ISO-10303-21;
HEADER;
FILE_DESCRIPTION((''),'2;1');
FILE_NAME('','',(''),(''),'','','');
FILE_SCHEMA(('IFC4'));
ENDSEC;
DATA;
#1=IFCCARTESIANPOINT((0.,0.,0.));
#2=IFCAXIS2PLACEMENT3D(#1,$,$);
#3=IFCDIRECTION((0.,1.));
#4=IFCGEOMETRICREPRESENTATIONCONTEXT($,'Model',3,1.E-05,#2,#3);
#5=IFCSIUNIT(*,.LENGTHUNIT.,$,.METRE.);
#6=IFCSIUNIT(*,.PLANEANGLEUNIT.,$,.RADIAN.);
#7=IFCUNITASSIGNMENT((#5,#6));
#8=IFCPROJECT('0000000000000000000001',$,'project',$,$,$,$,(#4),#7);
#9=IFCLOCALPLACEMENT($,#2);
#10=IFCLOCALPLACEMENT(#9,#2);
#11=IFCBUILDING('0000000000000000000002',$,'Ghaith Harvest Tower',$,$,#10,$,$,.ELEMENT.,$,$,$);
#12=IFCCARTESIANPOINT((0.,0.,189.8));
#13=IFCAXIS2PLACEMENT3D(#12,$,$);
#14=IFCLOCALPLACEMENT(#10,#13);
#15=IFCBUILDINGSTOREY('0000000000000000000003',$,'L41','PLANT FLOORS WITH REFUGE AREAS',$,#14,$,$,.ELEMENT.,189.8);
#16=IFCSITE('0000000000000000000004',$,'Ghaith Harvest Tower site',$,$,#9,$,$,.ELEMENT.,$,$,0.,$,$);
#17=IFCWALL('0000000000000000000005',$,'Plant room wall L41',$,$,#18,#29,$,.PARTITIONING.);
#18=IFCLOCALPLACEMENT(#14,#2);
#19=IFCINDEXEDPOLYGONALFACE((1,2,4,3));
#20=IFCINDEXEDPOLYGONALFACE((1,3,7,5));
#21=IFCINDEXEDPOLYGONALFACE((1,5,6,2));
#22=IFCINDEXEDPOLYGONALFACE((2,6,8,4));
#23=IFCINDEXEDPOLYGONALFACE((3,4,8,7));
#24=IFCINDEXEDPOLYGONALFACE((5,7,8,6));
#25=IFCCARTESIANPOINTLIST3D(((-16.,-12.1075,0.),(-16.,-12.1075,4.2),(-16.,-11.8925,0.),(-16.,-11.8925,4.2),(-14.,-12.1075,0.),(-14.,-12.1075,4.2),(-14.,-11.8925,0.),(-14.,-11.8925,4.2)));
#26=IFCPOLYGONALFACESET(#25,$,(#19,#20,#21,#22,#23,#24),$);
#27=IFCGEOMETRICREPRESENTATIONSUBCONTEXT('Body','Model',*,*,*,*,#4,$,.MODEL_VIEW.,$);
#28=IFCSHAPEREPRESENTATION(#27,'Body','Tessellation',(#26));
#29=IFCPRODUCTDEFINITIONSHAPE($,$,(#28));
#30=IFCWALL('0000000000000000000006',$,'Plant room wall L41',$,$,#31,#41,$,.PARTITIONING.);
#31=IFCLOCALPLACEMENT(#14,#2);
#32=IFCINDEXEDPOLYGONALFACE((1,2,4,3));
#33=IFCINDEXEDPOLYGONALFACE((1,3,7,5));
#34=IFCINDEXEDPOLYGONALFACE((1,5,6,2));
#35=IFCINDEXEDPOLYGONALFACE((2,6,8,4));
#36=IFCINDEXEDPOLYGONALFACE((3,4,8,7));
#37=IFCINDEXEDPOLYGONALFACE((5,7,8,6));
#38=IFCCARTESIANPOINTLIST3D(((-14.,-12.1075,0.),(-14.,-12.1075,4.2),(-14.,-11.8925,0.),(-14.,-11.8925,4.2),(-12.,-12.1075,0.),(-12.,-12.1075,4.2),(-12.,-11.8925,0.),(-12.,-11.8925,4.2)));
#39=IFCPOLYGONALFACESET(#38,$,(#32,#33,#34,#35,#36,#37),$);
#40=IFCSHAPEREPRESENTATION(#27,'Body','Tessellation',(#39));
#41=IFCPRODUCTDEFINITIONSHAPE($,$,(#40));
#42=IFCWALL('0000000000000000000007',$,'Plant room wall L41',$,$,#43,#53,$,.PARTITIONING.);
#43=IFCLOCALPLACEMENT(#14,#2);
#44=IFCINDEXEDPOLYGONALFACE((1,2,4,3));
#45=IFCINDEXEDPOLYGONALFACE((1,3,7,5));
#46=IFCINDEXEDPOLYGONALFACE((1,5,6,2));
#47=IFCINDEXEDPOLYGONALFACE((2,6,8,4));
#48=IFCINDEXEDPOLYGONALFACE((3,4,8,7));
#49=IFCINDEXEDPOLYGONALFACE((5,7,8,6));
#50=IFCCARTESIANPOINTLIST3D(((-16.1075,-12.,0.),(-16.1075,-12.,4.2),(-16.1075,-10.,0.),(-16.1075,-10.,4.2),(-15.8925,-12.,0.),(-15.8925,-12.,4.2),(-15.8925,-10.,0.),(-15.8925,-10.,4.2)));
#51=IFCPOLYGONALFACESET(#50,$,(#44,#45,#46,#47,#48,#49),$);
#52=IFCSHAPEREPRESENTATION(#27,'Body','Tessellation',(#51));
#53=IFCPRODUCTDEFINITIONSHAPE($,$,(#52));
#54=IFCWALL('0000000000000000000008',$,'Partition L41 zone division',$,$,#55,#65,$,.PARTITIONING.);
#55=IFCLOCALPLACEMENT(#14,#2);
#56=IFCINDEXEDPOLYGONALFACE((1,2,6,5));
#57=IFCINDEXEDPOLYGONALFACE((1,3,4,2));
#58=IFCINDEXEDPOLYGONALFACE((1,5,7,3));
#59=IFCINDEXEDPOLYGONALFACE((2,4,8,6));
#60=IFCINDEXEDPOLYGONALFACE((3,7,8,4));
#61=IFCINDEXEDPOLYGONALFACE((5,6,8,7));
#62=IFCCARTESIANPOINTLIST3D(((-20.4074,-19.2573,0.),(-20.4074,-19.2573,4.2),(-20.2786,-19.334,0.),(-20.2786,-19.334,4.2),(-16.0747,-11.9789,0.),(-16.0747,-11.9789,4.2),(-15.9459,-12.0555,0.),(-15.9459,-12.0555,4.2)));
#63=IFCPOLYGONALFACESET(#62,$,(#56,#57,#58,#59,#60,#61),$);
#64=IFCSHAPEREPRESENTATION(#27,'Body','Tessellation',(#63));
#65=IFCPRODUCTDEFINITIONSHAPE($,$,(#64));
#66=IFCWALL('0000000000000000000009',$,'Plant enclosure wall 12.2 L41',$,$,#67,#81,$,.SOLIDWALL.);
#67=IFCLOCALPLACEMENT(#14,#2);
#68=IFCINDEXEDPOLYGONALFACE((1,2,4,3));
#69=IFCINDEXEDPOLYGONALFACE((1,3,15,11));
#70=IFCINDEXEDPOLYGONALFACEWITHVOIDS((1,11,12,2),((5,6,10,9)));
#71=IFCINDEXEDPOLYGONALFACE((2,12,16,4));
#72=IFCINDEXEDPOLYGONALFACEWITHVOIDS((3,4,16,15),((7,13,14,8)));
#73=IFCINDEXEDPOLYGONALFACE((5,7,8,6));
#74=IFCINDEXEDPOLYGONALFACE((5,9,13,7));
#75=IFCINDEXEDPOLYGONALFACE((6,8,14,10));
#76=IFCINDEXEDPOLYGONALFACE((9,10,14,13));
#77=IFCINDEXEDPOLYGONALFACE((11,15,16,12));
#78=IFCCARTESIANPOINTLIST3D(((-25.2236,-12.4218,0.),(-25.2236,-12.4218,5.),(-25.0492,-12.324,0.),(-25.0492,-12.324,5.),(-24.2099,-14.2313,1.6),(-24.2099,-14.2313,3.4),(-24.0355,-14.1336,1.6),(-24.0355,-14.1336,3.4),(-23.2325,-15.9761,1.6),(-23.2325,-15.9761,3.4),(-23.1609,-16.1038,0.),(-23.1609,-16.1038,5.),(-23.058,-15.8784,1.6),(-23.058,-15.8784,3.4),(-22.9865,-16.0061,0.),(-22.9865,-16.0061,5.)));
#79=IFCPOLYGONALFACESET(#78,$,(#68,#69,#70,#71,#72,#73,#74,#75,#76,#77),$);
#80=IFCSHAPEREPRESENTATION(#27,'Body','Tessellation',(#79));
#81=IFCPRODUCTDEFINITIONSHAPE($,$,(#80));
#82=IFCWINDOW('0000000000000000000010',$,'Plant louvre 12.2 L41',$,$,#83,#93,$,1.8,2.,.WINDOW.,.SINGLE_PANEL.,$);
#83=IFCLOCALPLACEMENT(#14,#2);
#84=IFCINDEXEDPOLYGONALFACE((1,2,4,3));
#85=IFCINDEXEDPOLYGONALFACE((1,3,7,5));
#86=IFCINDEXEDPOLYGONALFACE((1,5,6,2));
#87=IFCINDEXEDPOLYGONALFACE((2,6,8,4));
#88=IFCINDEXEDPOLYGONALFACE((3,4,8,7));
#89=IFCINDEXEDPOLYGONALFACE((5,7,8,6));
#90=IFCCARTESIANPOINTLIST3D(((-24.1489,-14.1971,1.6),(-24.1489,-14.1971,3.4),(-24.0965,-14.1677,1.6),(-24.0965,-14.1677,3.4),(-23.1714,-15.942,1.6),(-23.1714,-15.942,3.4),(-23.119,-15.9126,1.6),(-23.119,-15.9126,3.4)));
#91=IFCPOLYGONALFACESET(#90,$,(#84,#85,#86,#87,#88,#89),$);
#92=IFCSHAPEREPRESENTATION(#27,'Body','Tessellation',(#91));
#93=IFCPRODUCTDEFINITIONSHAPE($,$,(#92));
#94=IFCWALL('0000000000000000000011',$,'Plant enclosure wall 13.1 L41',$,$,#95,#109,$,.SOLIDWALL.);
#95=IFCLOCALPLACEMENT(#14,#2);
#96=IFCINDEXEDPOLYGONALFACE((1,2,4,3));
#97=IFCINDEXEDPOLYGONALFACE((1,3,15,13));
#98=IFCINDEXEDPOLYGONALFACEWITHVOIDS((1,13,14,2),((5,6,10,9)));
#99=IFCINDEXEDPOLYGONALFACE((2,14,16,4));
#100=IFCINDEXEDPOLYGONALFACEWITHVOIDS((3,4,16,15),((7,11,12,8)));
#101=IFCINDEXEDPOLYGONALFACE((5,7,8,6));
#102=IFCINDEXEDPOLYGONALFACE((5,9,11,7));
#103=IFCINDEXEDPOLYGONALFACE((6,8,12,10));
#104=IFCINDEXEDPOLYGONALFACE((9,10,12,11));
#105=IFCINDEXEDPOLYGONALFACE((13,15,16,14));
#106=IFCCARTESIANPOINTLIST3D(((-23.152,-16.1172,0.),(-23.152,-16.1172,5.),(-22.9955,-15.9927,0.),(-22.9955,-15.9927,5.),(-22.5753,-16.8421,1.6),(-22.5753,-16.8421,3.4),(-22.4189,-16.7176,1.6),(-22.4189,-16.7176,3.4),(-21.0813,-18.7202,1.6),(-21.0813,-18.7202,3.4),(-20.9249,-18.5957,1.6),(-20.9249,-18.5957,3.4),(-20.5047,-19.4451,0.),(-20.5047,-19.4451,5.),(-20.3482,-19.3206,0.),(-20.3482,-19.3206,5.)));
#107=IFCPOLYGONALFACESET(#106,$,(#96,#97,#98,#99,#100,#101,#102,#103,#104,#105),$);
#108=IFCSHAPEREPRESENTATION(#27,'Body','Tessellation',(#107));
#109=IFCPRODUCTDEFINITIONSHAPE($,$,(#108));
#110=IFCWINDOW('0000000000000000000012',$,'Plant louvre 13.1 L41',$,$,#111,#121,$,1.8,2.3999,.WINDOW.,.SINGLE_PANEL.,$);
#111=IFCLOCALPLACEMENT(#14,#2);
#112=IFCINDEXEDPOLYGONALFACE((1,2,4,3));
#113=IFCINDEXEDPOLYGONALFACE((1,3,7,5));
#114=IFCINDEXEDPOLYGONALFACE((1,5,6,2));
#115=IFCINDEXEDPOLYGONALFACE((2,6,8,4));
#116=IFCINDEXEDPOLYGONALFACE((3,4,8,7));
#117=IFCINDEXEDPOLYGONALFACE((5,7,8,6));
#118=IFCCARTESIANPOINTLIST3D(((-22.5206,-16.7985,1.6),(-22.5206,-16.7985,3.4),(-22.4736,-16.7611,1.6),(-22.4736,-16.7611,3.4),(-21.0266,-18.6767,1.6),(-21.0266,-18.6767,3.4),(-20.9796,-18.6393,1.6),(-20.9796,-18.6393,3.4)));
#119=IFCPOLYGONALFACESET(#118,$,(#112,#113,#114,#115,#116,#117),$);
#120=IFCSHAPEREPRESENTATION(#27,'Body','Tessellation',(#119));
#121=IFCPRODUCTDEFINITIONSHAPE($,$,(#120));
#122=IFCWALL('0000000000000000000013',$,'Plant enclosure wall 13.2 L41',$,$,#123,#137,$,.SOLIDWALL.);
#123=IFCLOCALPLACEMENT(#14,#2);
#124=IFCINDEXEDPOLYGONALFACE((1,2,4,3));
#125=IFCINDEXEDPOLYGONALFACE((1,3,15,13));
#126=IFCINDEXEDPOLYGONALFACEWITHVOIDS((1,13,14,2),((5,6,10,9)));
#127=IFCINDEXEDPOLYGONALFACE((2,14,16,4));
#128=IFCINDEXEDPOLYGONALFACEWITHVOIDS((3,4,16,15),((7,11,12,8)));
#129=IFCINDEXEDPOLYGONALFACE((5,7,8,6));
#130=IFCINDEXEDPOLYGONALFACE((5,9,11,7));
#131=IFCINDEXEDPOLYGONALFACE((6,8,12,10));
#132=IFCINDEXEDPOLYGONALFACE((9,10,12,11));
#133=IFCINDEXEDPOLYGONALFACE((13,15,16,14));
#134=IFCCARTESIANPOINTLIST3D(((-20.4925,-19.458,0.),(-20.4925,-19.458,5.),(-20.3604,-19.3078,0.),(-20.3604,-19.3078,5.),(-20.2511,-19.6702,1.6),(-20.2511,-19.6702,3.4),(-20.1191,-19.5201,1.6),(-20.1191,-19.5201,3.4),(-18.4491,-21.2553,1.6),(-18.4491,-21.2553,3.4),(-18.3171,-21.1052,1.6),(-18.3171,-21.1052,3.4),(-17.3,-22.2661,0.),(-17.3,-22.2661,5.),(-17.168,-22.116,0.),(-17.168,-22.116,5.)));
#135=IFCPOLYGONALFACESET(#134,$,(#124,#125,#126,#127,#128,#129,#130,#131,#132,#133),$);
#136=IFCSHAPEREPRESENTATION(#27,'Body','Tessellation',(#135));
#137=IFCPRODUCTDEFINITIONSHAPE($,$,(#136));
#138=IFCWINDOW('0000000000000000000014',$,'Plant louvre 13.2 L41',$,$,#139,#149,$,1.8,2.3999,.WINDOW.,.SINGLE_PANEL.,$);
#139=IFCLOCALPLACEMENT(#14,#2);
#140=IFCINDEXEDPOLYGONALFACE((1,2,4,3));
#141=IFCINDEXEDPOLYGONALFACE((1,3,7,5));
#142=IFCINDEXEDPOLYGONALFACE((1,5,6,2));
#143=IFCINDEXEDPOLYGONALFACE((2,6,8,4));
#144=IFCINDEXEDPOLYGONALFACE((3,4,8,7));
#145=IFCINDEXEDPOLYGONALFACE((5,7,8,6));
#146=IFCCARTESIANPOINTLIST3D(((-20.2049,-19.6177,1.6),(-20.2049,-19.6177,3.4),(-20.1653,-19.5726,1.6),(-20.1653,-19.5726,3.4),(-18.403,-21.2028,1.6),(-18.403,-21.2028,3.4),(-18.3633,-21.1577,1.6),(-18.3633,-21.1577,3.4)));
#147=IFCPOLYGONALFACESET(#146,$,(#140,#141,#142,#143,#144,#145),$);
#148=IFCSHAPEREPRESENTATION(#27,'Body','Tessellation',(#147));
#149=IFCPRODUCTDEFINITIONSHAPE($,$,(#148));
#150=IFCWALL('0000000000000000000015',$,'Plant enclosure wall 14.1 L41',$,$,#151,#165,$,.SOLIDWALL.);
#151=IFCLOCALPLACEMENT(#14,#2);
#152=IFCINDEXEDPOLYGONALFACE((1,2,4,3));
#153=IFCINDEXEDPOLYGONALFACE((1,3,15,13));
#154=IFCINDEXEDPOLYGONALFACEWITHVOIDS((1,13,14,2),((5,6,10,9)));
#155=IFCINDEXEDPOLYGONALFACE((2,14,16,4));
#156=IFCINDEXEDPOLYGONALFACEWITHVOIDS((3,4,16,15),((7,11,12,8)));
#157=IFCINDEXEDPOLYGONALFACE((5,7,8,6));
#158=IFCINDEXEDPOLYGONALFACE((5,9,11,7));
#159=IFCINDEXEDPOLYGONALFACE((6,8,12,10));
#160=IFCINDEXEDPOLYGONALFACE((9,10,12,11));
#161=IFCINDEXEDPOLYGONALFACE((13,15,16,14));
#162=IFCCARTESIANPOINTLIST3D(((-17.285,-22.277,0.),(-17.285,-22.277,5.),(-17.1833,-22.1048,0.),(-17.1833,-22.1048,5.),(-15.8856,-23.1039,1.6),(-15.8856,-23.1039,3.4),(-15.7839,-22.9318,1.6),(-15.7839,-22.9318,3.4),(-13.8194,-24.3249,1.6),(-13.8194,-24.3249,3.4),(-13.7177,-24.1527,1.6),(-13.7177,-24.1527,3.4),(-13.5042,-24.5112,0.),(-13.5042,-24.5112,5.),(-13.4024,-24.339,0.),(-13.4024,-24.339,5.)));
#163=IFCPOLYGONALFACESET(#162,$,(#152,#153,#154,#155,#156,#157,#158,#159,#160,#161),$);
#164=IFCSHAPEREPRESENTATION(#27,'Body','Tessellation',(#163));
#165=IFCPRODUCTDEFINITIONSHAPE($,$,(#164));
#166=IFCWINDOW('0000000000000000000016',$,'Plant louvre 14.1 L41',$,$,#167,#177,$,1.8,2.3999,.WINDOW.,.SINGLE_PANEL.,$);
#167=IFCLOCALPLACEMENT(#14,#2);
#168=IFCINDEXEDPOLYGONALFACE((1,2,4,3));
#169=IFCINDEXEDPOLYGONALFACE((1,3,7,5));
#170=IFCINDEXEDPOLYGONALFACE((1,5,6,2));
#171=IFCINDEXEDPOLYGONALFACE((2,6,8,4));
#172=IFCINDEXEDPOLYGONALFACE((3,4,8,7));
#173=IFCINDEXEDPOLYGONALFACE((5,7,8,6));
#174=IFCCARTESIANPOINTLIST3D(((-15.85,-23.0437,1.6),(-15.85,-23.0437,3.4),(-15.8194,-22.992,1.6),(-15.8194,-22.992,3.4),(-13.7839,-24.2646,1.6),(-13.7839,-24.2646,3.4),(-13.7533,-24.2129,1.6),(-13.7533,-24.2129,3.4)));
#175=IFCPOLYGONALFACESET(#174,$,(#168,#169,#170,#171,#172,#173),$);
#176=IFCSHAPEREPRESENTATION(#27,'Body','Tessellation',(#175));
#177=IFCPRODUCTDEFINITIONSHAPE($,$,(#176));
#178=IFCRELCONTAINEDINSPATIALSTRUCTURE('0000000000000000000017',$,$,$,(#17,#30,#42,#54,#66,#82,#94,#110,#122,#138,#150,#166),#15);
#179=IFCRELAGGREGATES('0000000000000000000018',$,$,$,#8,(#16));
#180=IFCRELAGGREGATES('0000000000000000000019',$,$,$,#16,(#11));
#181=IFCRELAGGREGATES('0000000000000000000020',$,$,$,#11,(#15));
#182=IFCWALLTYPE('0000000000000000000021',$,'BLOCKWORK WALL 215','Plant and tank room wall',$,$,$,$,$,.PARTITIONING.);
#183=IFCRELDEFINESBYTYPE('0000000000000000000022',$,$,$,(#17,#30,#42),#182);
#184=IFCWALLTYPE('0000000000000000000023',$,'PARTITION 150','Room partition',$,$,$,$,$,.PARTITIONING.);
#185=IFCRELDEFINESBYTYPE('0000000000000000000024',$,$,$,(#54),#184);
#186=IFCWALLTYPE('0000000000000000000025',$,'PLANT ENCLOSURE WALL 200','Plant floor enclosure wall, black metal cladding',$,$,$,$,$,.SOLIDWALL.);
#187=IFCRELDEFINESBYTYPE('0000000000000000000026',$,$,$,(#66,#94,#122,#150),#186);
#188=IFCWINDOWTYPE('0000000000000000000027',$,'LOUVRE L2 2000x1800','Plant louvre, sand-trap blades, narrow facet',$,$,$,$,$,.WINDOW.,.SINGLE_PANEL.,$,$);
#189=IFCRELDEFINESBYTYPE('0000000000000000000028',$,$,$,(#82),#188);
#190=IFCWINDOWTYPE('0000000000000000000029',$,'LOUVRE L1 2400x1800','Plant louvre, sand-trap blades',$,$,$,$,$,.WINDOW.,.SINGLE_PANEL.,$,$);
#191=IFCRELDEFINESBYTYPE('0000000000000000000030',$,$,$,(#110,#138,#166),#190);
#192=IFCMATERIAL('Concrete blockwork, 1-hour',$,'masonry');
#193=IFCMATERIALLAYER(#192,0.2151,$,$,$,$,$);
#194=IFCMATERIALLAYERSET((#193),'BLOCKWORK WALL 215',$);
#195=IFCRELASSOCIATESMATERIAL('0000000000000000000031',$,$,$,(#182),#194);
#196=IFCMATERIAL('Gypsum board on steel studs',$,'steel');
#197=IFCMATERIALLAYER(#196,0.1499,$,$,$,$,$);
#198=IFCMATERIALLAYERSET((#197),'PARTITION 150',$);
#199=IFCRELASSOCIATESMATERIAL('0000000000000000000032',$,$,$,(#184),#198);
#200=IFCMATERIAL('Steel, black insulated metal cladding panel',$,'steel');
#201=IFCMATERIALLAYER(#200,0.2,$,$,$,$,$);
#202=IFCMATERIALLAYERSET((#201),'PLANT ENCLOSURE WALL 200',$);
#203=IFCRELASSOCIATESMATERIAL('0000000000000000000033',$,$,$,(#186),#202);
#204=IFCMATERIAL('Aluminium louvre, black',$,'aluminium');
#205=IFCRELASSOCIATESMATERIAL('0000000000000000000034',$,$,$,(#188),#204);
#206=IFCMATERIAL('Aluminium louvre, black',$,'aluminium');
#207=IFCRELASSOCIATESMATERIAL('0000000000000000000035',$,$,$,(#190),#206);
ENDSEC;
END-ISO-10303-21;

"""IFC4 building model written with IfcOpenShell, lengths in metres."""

from ifc_helpers import new_model, si_unit, direction, frame, frame_2d, origin, place, context, subcontext, project, spatial, rectangle, extrude, material, layer, layer_set, type_object, element, fill, save


model = new_model("IFC4")

# Units and contexts
model_context = context("Model", 3, precision=1e-05, world=origin(), true_north=direction((0.0, 1.0)))
body_context = subcontext(model_context, "Body", "Model", "MODEL_VIEW")
ifc_project = project(units=[si_unit("LENGTHUNIT", "METRE"), si_unit("PLANEANGLEUNIT", "RADIAN")], contexts=[model_context])

# Site, building, storey
site_placement = place(None, origin())
site = spatial("IfcSite", under=ifc_project, at=site_placement, Name="Ghaith Harvest Tower site", CompositionType="ELEMENT", RefElevation=0.0)
building_placement = place(site_placement, origin())
building = spatial("IfcBuilding", under=site, at=building_placement, Name="Ghaith Harvest Tower", CompositionType="ELEMENT")
storey_placement = place(building_placement, frame((0.0, 0.0, 189.8)))
storey = spatial("IfcBuildingStorey", under=building, at=storey_placement, Name="L41", Description="PLANT FLOORS WITH REFUGE AREAS", CompositionType="ELEMENT", Elevation=189.8)

# Walls
ifc_material_1 = material(Name="Concrete blockwork, 1-hour", Category="masonry")
ifc_layer_1 = layer(ifc_material_1, 0.2151)
ifc_layer_set_1 = layer_set([ifc_layer_1], Name="BLOCKWORK WALL 215")
wall_type_1 = type_object("IfcWallType", Name="BLOCKWORK WALL 215", Description="Plant and tank room wall", PredefinedType="PARTITIONING", material=ifc_layer_set_1)
for number, where, z_axis, x_axis, name in (
    (1, (-16.0, -12.0, 0.0), (0.0, 0.0, 1.0), (1.0, 0.0, 0.0), "Plant room wall L41"),
    (2, (-14.0, -12.0, 0.0), (0.0, 0.0, 1.0), (1.0, 0.0, 0.0), "Plant room wall L41"),
    (3, (-16.0, -10.0, 0.0), (0.0, 0.0, 1.0), (0.0, -1.0, 0.0), "Plant room wall L41"),
):
    element("IfcWall", number, at=place(storey_placement, frame(where, z_axis=z_axis, x_axis=x_axis)), inside=storey, type_object=wall_type_1, Name=name, PredefinedType="PARTITIONING", context=body_context, shape_type="SweptSolid", body=[
        extrude(rectangle(XDim=2.0, YDim=0.2151, at=frame_2d((1.0, 0.0))), origin(), (0.0, 0.0, 1.0), 4.2),
    ])
ifc_material_2 = material(Name="Gypsum board on steel studs", Category="steel")
ifc_layer_2 = layer(ifc_material_2, 0.1499)
ifc_layer_set_2 = layer_set([ifc_layer_2], Name="PARTITION 150")
wall_type_2 = type_object("IfcWallType", Name="PARTITION 150", Description="Room partition", PredefinedType="PARTITIONING", material=ifc_layer_set_2)
wall_1_placement = place(storey_placement, frame((-16.0103, -12.0171, 0.0), z_axis=(0.0, 0.0, 1.0), x_axis=(-0.511509, -0.859278, 0.0)))
element("IfcWall", 4, at=wall_1_placement, inside=storey, type_object=wall_type_2, Name="Partition L41 zone division", PredefinedType="PARTITIONING", context=body_context, shape_type="SweptSolid", body=[
    extrude(rectangle(XDim=8.4705, YDim=0.1499, at=frame_2d((4.2354, 0.0))), origin(), (0.0, 0.0, 1.0), 4.2),
])

# Walls, openings, windows
ifc_material_3 = material(Name="Steel, black insulated metal cladding panel", Category="steel")
ifc_layer_3 = layer(ifc_material_3, 0.2)
ifc_layer_set_3 = layer_set([ifc_layer_3], Name="PLANT ENCLOSURE WALL 200")
wall_type_3 = type_object("IfcWallType", Name="PLANT ENCLOSURE WALL 200", Description="Plant floor enclosure wall, black metal cladding", PredefinedType="SOLIDWALL", material=ifc_layer_set_3)
wall_2_placement = place(storey_placement, frame((-25.1365, -12.3728, 0.0), z_axis=(0.0, 0.0, 1.0), x_axis=(0.488739, -0.87243, 0.0)))
wall_2 = element("IfcWall", 5, at=wall_2_placement, inside=storey, type_object=wall_type_3, Name="Plant enclosure wall 12.2 L41", PredefinedType="SOLIDWALL", context=body_context, shape_type="SweptSolid", body=[
    extrude(rectangle(XDim=4.2205, YDim=0.2, at=frame_2d((2.1104, 0.0))), origin(), (0.0, 0.0, 1.0), 5.0),
])
opening_1_placement = place(wall_2_placement, frame((2.0742, 0.0, 1.6001)))
opening_1 = element("IfcOpeningElement", 6, at=opening_1_placement, cuts=wall_2, PredefinedType="OPENING", context=body_context, shape_type="SweptSolid", body=[
    extrude(rectangle(XDim=2.0, YDim=1.8, at=frame_2d((1.0, 0.8999))), frame((0.0, 0.1099, 0.0), z_axis=(0.0, -1.0, 0.0), x_axis=(1.0, 0.0, 0.0)), (0.0, 0.0, 1.0), 0.22),
])
ifc_material_4 = material(Name="Aluminium louvre, black", Category="aluminium")
window_type_1 = type_object("IfcWindowType", Name="LOUVRE L2 2000x1800", Description="Plant louvre, sand-trap blades, narrow facet", PartitioningType="SINGLE_PANEL", PredefinedType="WINDOW", material=ifc_material_4)
window_1_placement = place(opening_1_placement, origin())
window_1 = element("IfcWindow", 7, at=window_1_placement, inside=storey, type_object=window_type_1, Name="Plant louvre 12.2 L41", OverallHeight=1.8, OverallWidth=2.0, PartitioningType="SINGLE_PANEL", PredefinedType="WINDOW", context=body_context, shape_type="SweptSolid", body=[
    extrude(rectangle(XDim=2.0, YDim=1.8, at=frame_2d((1.0, 0.8999))), frame((0.0, 0.03, 0.0), z_axis=(0.0, -1.0, 0.0), x_axis=(1.0, 0.0, 0.0)), (0.0, 0.0, 1.0), 0.0601),
])
fill(opening_1, window_1)
wall_3_placement = place(storey_placement, frame((-23.0737, -16.0549, 0.0), z_axis=(0.0, 0.0, 1.0), x_axis=(0.622529, -0.782597, 0.0)))
wall_3 = element("IfcWall", 8, at=wall_3_placement, inside=storey, type_object=wall_type_3, Name="Plant enclosure wall 13.1 L41", PredefinedType="SOLIDWALL", context=body_context, shape_type="SweptSolid", body=[
    extrude(rectangle(XDim=4.2524, YDim=0.2, at=frame_2d((2.1262, 0.0))), origin(), (0.0, 0.0, 1.0), 5.0),
])
opening_2_placement = place(wall_3_placement, frame((0.9263, 0.0, 1.6001)))
opening_2 = element("IfcOpeningElement", 9, at=opening_2_placement, cuts=wall_3, PredefinedType="OPENING", context=body_context, shape_type="SweptSolid", body=[
    extrude(rectangle(XDim=2.3999, YDim=1.8, at=frame_2d((1.2, 0.8999))), frame((0.0, 0.1099, 0.0), z_axis=(0.0, -1.0, 0.0), x_axis=(1.0, 0.0, 0.0)), (0.0, 0.0, 1.0), 0.22),
])
ifc_material_5 = material(Name="Aluminium louvre, black", Category="aluminium")
window_type_2 = type_object("IfcWindowType", Name="LOUVRE L1 2400x1800", Description="Plant louvre, sand-trap blades", PartitioningType="SINGLE_PANEL", PredefinedType="WINDOW", material=ifc_material_5)
window_2_placement = place(opening_2_placement, origin())
window_2 = element("IfcWindow", 10, at=window_2_placement, inside=storey, type_object=window_type_2, Name="Plant louvre 13.1 L41", OverallHeight=1.8, OverallWidth=2.3999, PartitioningType="SINGLE_PANEL", PredefinedType="WINDOW", context=body_context, shape_type="SweptSolid", body=[
    extrude(rectangle(XDim=2.3999, YDim=1.8, at=frame_2d((1.2, 0.8999))), frame((0.0, 0.03, 0.0), z_axis=(0.0, -1.0, 0.0), x_axis=(1.0, 0.0, 0.0)), (0.0, 0.0, 1.0), 0.0601),
])
fill(opening_2, window_2)
wall_4_placement = place(storey_placement, frame((-20.4265, -19.3828, 0.0), z_axis=(0.0, 0.0, 1.0), x_axis=(0.750852, -0.66047, 0.0)))
wall_4 = element("IfcWall", 11, at=wall_4_placement, inside=storey, type_object=wall_type_3, Name="Plant enclosure wall 13.2 L41", PredefinedType="SOLIDWALL", context=body_context, shape_type="SweptSolid", body=[
    extrude(rectangle(XDim=4.2517, YDim=0.2, at=frame_2d((2.126, 0.0))), origin(), (0.0, 0.0, 1.0), 5.0),
])
opening_3_placement = place(wall_4_placement, frame((0.3215, 0.0, 1.6001)))
opening_3 = element("IfcOpeningElement", 12, at=opening_3_placement, cuts=wall_4, PredefinedType="OPENING", context=body_context, shape_type="SweptSolid", body=[
    extrude(rectangle(XDim=2.3999, YDim=1.8, at=frame_2d((1.2, 0.8999))), frame((0.0, 0.1099, 0.0), z_axis=(0.0, -1.0, 0.0), x_axis=(1.0, 0.0, 0.0)), (0.0, 0.0, 1.0), 0.22),
])
window_3_placement = place(opening_3_placement, origin())
window_3 = element("IfcWindow", 13, at=window_3_placement, inside=storey, type_object=window_type_2, Name="Plant louvre 13.2 L41", OverallHeight=1.8, OverallWidth=2.3999, PartitioningType="SINGLE_PANEL", PredefinedType="WINDOW", context=body_context, shape_type="SweptSolid", body=[
    extrude(rectangle(XDim=2.3999, YDim=1.8, at=frame_2d((1.2, 0.8999))), frame((0.0, 0.03, 0.0), z_axis=(0.0, -1.0, 0.0), x_axis=(1.0, 0.0, 0.0)), (0.0, 0.0, 1.0), 0.0601),
])
fill(opening_3, window_3)
wall_5_placement = place(storey_placement, frame((-17.2341, -22.1909, 0.0), z_axis=(0.0, 0.0, 1.0), x_axis=(0.860922, -0.508737, 0.0)))
wall_5 = element("IfcWall", 14, at=wall_5_placement, inside=storey, type_object=wall_type_3, Name="Plant enclosure wall 14.1 L41", PredefinedType="SOLIDWALL", context=body_context, shape_type="SweptSolid", body=[
    extrude(rectangle(XDim=4.3916, YDim=0.2, at=frame_2d((2.1958, 0.0))), origin(), (0.0, 0.0, 1.0), 5.0),
])
opening_4_placement = place(wall_5_placement, frame((1.6255, 0.0, 1.6001)))
opening_4 = element("IfcOpeningElement", 15, at=opening_4_placement, cuts=wall_5, PredefinedType="OPENING", context=body_context, shape_type="SweptSolid", body=[
    extrude(rectangle(XDim=2.3999, YDim=1.8, at=frame_2d((1.2, 0.8999))), frame((0.0, 0.1099, 0.0), z_axis=(0.0, -1.0, 0.0), x_axis=(1.0, 0.0, 0.0)), (0.0, 0.0, 1.0), 0.22),
])
window_4_placement = place(opening_4_placement, origin())
window_4 = element("IfcWindow", 16, at=window_4_placement, inside=storey, type_object=window_type_2, Name="Plant louvre 14.1 L41", OverallHeight=1.8, OverallWidth=2.3999, PartitioningType="SINGLE_PANEL", PredefinedType="WINDOW", context=body_context, shape_type="SweptSolid", body=[
    extrude(rectangle(XDim=2.3999, YDim=1.8, at=frame_2d((1.2, 0.8999))), frame((0.0, 0.03, 0.0), z_axis=(0.0, -1.0, 0.0), x_axis=(1.0, 0.0, 0.0)), (0.0, 0.0, 1.0), 0.0601),
])
fill(opening_4, window_4)

save(model, "model.ifc")
